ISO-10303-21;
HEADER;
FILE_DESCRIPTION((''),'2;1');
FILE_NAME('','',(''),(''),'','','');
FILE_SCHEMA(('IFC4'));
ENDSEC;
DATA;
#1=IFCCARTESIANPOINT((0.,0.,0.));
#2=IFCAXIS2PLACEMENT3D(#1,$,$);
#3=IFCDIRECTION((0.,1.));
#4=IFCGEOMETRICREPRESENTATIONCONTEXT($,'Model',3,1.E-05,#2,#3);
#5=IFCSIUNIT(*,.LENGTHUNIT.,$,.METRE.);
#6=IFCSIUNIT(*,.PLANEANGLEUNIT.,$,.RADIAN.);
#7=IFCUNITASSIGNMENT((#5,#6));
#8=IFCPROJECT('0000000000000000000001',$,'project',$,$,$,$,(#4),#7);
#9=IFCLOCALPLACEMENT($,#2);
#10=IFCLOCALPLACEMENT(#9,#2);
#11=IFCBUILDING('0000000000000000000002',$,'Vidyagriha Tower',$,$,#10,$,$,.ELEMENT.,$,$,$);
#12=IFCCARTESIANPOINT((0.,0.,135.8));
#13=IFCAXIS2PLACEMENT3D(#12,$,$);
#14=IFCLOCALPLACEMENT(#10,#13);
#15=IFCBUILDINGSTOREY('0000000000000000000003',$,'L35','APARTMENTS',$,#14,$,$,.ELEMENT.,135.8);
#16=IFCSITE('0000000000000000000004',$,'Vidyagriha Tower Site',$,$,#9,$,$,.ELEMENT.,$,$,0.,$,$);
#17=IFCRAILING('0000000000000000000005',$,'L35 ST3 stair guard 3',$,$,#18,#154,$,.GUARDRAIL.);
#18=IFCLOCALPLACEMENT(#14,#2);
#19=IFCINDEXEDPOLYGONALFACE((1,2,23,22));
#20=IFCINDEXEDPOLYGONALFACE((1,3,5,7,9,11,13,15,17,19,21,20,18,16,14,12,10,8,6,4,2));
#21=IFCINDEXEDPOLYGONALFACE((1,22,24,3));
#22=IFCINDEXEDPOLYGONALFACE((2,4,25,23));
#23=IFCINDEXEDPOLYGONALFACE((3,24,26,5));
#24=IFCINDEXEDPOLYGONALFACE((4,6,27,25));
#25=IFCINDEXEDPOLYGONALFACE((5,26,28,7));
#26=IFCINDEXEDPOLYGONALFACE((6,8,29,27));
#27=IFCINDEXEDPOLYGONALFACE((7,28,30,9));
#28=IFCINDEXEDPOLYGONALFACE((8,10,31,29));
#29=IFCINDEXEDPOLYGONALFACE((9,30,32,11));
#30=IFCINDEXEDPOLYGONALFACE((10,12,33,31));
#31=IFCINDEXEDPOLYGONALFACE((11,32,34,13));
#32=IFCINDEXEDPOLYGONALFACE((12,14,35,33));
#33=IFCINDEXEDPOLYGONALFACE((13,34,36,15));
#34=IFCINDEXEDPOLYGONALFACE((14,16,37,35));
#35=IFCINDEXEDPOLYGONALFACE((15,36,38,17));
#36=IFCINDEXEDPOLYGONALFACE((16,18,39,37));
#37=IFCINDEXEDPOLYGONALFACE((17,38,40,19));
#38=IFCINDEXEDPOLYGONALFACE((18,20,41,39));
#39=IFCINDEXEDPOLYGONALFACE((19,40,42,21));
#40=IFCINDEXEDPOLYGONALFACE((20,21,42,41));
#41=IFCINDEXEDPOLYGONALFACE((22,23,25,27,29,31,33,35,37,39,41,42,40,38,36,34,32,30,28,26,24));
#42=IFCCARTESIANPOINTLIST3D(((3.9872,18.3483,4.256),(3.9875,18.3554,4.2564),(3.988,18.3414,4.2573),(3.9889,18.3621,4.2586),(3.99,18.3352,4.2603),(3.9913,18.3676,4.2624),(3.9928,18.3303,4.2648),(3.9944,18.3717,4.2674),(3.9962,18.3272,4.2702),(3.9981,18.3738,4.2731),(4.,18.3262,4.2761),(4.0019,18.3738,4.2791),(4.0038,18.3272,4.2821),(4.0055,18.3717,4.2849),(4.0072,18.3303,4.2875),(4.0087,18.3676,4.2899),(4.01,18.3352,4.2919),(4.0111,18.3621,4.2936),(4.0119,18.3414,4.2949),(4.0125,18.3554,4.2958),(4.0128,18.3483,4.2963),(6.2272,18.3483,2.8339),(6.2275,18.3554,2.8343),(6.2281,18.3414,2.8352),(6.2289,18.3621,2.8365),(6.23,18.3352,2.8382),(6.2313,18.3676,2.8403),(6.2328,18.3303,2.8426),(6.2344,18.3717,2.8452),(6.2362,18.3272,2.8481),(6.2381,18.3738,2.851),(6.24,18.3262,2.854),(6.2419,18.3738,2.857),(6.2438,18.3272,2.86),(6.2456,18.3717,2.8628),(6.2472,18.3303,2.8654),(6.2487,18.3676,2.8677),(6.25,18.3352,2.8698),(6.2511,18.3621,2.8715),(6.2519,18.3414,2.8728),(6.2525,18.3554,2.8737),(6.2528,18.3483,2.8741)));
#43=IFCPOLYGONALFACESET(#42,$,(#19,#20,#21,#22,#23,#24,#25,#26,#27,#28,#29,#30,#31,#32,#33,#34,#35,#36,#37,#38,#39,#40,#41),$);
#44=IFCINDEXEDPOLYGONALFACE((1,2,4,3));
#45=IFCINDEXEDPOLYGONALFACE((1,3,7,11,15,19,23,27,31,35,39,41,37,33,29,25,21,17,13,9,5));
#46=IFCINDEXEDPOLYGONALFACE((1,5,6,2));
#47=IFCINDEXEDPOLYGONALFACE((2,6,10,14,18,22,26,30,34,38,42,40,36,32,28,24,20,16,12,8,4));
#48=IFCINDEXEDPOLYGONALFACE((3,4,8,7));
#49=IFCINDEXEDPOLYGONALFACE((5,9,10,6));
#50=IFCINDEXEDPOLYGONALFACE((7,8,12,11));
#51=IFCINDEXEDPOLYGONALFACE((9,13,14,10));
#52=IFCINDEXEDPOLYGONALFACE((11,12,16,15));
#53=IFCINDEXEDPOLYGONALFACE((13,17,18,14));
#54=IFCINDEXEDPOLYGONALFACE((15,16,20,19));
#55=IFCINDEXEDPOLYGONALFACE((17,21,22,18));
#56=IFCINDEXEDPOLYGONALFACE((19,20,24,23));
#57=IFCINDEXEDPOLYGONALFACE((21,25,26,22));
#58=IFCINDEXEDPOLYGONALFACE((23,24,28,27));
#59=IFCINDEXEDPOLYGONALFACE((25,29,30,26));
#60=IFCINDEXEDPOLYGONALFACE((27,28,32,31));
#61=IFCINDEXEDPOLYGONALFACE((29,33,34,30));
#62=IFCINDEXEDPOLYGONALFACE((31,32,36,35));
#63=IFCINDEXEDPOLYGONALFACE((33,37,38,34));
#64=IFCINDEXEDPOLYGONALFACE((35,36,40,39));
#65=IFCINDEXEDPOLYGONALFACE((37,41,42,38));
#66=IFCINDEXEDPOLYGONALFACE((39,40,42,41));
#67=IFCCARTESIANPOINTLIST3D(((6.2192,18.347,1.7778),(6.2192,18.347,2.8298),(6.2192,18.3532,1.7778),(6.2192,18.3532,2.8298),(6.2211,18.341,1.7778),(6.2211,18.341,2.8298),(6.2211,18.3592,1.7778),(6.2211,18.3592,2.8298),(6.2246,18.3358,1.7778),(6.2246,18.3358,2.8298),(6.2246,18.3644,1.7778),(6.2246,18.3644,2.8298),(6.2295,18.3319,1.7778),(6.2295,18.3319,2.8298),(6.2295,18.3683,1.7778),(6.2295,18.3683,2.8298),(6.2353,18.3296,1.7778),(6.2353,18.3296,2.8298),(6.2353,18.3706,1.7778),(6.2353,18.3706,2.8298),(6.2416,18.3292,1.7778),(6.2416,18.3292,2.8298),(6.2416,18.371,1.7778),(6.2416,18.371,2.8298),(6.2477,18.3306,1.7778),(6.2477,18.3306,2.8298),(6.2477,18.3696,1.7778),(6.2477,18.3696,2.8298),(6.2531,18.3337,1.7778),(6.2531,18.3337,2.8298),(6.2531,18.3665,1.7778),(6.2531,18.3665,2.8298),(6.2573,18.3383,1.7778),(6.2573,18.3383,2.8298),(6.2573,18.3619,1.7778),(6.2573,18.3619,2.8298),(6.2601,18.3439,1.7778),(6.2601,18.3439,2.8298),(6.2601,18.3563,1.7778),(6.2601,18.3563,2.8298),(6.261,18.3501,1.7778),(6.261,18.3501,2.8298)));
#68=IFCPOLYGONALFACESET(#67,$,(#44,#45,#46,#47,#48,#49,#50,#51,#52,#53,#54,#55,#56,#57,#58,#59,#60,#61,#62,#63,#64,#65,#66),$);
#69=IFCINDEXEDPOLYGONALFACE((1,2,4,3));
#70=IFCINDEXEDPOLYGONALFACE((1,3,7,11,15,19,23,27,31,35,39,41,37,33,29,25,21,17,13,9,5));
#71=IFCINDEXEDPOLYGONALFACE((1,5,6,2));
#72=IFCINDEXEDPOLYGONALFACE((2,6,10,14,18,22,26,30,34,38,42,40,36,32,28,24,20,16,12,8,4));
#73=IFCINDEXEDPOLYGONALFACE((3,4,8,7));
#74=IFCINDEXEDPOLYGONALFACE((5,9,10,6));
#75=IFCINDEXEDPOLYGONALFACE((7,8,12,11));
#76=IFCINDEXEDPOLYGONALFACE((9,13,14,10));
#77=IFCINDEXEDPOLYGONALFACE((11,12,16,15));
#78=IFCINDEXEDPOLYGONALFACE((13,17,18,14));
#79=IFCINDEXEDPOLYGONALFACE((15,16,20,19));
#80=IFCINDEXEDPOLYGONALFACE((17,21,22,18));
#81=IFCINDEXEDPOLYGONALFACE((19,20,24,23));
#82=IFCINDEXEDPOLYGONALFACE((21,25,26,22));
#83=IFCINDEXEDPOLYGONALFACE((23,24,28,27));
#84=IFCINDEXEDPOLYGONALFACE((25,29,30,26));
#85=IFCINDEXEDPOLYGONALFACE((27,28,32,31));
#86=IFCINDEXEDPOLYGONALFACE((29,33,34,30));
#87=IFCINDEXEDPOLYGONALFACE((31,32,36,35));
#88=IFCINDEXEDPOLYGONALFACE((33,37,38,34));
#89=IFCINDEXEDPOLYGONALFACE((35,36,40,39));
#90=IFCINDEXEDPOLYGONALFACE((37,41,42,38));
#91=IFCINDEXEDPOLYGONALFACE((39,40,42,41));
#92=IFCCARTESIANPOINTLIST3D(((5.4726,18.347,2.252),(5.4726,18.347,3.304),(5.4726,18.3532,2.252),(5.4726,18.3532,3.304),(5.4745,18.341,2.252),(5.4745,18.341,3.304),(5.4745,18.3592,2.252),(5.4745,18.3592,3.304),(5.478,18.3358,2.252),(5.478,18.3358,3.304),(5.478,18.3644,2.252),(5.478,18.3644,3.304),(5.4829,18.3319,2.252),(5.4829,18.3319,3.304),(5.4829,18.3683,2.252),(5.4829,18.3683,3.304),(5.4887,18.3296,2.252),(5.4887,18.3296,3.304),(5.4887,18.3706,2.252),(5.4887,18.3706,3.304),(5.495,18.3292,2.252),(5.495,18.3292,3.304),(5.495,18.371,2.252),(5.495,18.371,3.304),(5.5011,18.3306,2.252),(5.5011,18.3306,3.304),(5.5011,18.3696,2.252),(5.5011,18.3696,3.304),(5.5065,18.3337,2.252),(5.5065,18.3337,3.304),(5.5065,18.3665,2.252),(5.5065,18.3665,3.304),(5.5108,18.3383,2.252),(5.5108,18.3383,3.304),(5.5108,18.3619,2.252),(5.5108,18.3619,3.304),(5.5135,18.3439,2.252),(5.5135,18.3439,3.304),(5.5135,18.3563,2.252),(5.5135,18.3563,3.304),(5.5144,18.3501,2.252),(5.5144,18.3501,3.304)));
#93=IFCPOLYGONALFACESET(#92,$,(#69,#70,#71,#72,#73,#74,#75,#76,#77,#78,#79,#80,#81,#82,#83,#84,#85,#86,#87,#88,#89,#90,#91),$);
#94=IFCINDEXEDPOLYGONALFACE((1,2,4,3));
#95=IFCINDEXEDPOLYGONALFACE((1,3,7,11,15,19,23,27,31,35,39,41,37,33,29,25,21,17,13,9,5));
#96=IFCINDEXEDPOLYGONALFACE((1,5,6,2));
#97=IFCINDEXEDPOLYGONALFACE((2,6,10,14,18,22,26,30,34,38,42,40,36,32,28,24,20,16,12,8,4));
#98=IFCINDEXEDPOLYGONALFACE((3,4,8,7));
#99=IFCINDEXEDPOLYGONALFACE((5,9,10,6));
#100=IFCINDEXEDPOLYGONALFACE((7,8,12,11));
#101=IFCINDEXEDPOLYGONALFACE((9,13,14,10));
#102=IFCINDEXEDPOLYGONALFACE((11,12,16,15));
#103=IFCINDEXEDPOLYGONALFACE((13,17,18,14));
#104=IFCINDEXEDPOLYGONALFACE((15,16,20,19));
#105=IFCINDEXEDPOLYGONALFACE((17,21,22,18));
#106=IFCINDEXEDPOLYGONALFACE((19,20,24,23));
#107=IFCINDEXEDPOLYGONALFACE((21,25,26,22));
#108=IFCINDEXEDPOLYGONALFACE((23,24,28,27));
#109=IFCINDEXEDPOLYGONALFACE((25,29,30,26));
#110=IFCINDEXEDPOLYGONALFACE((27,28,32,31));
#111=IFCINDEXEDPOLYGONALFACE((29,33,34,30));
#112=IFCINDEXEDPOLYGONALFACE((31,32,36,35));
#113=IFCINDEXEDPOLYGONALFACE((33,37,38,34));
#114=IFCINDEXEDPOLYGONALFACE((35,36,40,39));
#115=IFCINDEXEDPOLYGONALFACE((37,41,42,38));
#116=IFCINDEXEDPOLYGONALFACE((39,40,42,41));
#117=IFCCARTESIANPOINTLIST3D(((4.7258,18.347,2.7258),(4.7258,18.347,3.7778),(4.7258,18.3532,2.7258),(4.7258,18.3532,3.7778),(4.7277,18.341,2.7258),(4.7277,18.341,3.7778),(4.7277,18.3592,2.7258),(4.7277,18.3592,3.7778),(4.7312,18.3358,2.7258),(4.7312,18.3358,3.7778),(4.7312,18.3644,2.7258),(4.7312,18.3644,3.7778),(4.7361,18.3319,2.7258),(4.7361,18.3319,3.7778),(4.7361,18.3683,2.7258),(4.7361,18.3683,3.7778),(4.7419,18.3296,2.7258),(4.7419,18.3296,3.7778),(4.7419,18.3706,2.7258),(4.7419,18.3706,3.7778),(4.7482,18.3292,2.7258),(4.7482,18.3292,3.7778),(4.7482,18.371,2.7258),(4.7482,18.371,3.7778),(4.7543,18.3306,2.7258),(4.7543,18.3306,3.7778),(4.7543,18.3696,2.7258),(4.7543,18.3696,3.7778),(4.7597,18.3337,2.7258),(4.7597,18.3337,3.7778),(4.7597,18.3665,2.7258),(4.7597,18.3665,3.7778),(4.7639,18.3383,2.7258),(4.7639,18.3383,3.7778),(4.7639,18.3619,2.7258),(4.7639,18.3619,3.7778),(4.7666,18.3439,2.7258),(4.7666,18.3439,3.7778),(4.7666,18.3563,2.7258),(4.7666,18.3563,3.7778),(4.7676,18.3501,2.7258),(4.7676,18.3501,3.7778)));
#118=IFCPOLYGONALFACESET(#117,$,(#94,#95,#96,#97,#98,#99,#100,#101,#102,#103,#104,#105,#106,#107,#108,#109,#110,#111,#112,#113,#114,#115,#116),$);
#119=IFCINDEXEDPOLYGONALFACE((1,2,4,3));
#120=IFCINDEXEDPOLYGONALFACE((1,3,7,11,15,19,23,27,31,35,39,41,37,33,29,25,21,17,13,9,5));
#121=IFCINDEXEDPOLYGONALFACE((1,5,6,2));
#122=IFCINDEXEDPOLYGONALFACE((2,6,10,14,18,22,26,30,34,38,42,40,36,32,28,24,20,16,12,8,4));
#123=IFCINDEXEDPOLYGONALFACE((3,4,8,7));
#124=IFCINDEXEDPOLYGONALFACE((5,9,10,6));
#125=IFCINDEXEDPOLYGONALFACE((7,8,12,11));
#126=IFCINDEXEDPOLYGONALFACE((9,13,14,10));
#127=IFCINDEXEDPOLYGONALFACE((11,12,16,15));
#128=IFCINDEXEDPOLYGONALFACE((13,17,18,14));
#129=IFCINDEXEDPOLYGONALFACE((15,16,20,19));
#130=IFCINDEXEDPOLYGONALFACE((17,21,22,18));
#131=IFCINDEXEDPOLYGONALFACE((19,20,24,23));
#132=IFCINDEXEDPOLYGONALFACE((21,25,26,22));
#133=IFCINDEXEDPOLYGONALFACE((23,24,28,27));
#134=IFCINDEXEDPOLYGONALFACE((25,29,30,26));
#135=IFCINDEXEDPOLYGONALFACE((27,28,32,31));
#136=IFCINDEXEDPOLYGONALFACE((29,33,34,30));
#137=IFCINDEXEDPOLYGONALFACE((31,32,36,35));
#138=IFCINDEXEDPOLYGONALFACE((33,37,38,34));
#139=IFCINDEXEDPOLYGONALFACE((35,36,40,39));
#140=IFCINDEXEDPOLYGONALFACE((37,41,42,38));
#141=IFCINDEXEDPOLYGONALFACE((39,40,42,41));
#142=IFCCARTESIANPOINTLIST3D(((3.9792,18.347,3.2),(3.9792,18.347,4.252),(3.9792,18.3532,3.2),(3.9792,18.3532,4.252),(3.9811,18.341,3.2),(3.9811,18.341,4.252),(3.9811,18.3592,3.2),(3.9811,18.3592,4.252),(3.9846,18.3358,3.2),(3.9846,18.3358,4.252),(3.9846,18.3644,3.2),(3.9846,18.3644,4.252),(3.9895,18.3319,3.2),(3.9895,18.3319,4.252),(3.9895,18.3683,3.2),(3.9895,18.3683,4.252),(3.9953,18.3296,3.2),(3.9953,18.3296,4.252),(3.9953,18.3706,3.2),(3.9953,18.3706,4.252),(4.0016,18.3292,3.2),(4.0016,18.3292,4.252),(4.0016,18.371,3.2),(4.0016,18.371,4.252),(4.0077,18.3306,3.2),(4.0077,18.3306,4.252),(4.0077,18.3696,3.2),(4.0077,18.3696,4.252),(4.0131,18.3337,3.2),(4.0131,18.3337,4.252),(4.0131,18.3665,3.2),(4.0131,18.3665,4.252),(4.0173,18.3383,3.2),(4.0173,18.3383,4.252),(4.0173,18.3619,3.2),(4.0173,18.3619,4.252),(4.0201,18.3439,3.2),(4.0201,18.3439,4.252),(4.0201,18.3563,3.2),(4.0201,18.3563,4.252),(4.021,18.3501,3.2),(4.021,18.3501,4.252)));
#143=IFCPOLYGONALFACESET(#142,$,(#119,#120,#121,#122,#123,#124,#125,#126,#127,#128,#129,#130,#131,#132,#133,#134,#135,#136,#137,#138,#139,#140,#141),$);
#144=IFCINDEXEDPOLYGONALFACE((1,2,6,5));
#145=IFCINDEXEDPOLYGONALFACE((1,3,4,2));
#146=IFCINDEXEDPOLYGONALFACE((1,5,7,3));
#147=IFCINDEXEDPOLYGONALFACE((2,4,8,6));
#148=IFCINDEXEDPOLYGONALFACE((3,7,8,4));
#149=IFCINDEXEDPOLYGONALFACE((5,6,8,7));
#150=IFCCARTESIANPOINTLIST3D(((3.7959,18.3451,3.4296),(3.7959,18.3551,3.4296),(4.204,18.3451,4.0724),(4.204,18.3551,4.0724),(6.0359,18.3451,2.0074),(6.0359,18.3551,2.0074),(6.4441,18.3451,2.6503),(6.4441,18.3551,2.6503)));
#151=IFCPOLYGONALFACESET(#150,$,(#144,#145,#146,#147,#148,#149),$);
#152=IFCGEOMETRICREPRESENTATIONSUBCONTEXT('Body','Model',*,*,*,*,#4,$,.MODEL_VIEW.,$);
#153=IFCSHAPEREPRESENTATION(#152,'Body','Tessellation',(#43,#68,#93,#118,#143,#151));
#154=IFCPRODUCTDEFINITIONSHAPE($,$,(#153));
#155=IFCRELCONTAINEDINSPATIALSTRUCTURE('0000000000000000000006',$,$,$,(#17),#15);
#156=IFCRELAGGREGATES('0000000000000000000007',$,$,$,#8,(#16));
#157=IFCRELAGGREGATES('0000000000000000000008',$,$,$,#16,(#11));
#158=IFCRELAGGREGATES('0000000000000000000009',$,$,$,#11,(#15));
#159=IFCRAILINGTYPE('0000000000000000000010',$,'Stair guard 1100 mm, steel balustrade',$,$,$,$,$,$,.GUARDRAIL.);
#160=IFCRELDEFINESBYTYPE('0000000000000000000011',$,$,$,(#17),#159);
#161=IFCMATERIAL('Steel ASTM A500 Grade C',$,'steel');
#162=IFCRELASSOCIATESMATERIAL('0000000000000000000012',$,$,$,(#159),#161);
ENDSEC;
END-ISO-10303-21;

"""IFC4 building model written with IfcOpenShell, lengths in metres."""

from ifc_helpers import new_model, si_unit, direction, frame, origin, origin_2d, place, context, subcontext, project, spatial, rectangle, circle, extrude, material, type_object, element, save


model = new_model("IFC4")

# Units and contexts
model_context = context("Model", 3, precision=1e-05, world=origin(), true_north=direction((0.0, 1.0)))
body_context = subcontext(model_context, "Body", "Model", "MODEL_VIEW")
ifc_project = project(units=[si_unit("LENGTHUNIT", "METRE"), si_unit("PLANEANGLEUNIT", "RADIAN")], contexts=[model_context])

# Site, building, storey
site_placement = place(None, origin())
site = spatial("IfcSite", under=ifc_project, at=site_placement, Name="Vidyagriha Tower Site", CompositionType="ELEMENT", RefElevation=0.0)
building_placement = place(site_placement, origin())
building = spatial("IfcBuilding", under=site, at=building_placement, Name="Vidyagriha Tower", CompositionType="ELEMENT")
storey_placement = place(building_placement, frame((0.0, 0.0, 135.8)))
storey = spatial("IfcBuildingStorey", under=building, at=storey_placement, Name="L35", Description="APARTMENTS", CompositionType="ELEMENT", Elevation=135.8)

# Railing
ifc_material_1 = material(Name="Steel ASTM A500 Grade C", Category="steel")
railing_type_1 = type_object("IfcRailingType", Name="Stair guard 1100 mm, steel balustrade", PredefinedType="GUARDRAIL", material=ifc_material_1)
railing_1_placement = place(storey_placement, frame((6.24, 18.3501, 1.7778)))
element("IfcRailing", 1, at=railing_1_placement, inside=storey, type_object=railing_type_1, Name="L35 ST3 stair guard 3", PredefinedType="GUARDRAIL", context=body_context, shape_type="SweptSolid", body=[
    extrude(circle(Radius=0.0239, at=origin_2d()), frame((0.0, 0.0, 1.0762), z_axis=(-0.844229, 0.0, 0.535982), x_axis=(0.0, -1.0, 0.0)), (0.0, 0.0, 1.0), 2.6533),
    extrude(circle(Radius=0.021, at=origin_2d()), origin(), (0.0, 0.0, 1.0), 1.052),
    extrude(circle(Radius=0.021, at=origin_2d()), frame((-0.7466, 0.0, 0.4741)), (0.0, 0.0, 1.0), 1.052),
    extrude(circle(Radius=0.021, at=origin_2d()), frame((-1.4934, 0.0, 0.948)), (0.0, 0.0, 1.0), 1.052),
    extrude(circle(Radius=0.021, at=origin_2d()), frame((-2.24, 0.0, 1.4221)), (0.0, 0.0, 1.0), 1.052),
    extrude(rectangle(XDim=0.01, YDim=0.7615, at=origin_2d()), frame((0.0, 0.0, 0.551), z_axis=(-0.844229, 0.0, 0.535982), x_axis=(0.0, -1.0, 0.0)), (0.0, 0.0, 1.0), 2.6533),
])

save(model, "model.ifc")
